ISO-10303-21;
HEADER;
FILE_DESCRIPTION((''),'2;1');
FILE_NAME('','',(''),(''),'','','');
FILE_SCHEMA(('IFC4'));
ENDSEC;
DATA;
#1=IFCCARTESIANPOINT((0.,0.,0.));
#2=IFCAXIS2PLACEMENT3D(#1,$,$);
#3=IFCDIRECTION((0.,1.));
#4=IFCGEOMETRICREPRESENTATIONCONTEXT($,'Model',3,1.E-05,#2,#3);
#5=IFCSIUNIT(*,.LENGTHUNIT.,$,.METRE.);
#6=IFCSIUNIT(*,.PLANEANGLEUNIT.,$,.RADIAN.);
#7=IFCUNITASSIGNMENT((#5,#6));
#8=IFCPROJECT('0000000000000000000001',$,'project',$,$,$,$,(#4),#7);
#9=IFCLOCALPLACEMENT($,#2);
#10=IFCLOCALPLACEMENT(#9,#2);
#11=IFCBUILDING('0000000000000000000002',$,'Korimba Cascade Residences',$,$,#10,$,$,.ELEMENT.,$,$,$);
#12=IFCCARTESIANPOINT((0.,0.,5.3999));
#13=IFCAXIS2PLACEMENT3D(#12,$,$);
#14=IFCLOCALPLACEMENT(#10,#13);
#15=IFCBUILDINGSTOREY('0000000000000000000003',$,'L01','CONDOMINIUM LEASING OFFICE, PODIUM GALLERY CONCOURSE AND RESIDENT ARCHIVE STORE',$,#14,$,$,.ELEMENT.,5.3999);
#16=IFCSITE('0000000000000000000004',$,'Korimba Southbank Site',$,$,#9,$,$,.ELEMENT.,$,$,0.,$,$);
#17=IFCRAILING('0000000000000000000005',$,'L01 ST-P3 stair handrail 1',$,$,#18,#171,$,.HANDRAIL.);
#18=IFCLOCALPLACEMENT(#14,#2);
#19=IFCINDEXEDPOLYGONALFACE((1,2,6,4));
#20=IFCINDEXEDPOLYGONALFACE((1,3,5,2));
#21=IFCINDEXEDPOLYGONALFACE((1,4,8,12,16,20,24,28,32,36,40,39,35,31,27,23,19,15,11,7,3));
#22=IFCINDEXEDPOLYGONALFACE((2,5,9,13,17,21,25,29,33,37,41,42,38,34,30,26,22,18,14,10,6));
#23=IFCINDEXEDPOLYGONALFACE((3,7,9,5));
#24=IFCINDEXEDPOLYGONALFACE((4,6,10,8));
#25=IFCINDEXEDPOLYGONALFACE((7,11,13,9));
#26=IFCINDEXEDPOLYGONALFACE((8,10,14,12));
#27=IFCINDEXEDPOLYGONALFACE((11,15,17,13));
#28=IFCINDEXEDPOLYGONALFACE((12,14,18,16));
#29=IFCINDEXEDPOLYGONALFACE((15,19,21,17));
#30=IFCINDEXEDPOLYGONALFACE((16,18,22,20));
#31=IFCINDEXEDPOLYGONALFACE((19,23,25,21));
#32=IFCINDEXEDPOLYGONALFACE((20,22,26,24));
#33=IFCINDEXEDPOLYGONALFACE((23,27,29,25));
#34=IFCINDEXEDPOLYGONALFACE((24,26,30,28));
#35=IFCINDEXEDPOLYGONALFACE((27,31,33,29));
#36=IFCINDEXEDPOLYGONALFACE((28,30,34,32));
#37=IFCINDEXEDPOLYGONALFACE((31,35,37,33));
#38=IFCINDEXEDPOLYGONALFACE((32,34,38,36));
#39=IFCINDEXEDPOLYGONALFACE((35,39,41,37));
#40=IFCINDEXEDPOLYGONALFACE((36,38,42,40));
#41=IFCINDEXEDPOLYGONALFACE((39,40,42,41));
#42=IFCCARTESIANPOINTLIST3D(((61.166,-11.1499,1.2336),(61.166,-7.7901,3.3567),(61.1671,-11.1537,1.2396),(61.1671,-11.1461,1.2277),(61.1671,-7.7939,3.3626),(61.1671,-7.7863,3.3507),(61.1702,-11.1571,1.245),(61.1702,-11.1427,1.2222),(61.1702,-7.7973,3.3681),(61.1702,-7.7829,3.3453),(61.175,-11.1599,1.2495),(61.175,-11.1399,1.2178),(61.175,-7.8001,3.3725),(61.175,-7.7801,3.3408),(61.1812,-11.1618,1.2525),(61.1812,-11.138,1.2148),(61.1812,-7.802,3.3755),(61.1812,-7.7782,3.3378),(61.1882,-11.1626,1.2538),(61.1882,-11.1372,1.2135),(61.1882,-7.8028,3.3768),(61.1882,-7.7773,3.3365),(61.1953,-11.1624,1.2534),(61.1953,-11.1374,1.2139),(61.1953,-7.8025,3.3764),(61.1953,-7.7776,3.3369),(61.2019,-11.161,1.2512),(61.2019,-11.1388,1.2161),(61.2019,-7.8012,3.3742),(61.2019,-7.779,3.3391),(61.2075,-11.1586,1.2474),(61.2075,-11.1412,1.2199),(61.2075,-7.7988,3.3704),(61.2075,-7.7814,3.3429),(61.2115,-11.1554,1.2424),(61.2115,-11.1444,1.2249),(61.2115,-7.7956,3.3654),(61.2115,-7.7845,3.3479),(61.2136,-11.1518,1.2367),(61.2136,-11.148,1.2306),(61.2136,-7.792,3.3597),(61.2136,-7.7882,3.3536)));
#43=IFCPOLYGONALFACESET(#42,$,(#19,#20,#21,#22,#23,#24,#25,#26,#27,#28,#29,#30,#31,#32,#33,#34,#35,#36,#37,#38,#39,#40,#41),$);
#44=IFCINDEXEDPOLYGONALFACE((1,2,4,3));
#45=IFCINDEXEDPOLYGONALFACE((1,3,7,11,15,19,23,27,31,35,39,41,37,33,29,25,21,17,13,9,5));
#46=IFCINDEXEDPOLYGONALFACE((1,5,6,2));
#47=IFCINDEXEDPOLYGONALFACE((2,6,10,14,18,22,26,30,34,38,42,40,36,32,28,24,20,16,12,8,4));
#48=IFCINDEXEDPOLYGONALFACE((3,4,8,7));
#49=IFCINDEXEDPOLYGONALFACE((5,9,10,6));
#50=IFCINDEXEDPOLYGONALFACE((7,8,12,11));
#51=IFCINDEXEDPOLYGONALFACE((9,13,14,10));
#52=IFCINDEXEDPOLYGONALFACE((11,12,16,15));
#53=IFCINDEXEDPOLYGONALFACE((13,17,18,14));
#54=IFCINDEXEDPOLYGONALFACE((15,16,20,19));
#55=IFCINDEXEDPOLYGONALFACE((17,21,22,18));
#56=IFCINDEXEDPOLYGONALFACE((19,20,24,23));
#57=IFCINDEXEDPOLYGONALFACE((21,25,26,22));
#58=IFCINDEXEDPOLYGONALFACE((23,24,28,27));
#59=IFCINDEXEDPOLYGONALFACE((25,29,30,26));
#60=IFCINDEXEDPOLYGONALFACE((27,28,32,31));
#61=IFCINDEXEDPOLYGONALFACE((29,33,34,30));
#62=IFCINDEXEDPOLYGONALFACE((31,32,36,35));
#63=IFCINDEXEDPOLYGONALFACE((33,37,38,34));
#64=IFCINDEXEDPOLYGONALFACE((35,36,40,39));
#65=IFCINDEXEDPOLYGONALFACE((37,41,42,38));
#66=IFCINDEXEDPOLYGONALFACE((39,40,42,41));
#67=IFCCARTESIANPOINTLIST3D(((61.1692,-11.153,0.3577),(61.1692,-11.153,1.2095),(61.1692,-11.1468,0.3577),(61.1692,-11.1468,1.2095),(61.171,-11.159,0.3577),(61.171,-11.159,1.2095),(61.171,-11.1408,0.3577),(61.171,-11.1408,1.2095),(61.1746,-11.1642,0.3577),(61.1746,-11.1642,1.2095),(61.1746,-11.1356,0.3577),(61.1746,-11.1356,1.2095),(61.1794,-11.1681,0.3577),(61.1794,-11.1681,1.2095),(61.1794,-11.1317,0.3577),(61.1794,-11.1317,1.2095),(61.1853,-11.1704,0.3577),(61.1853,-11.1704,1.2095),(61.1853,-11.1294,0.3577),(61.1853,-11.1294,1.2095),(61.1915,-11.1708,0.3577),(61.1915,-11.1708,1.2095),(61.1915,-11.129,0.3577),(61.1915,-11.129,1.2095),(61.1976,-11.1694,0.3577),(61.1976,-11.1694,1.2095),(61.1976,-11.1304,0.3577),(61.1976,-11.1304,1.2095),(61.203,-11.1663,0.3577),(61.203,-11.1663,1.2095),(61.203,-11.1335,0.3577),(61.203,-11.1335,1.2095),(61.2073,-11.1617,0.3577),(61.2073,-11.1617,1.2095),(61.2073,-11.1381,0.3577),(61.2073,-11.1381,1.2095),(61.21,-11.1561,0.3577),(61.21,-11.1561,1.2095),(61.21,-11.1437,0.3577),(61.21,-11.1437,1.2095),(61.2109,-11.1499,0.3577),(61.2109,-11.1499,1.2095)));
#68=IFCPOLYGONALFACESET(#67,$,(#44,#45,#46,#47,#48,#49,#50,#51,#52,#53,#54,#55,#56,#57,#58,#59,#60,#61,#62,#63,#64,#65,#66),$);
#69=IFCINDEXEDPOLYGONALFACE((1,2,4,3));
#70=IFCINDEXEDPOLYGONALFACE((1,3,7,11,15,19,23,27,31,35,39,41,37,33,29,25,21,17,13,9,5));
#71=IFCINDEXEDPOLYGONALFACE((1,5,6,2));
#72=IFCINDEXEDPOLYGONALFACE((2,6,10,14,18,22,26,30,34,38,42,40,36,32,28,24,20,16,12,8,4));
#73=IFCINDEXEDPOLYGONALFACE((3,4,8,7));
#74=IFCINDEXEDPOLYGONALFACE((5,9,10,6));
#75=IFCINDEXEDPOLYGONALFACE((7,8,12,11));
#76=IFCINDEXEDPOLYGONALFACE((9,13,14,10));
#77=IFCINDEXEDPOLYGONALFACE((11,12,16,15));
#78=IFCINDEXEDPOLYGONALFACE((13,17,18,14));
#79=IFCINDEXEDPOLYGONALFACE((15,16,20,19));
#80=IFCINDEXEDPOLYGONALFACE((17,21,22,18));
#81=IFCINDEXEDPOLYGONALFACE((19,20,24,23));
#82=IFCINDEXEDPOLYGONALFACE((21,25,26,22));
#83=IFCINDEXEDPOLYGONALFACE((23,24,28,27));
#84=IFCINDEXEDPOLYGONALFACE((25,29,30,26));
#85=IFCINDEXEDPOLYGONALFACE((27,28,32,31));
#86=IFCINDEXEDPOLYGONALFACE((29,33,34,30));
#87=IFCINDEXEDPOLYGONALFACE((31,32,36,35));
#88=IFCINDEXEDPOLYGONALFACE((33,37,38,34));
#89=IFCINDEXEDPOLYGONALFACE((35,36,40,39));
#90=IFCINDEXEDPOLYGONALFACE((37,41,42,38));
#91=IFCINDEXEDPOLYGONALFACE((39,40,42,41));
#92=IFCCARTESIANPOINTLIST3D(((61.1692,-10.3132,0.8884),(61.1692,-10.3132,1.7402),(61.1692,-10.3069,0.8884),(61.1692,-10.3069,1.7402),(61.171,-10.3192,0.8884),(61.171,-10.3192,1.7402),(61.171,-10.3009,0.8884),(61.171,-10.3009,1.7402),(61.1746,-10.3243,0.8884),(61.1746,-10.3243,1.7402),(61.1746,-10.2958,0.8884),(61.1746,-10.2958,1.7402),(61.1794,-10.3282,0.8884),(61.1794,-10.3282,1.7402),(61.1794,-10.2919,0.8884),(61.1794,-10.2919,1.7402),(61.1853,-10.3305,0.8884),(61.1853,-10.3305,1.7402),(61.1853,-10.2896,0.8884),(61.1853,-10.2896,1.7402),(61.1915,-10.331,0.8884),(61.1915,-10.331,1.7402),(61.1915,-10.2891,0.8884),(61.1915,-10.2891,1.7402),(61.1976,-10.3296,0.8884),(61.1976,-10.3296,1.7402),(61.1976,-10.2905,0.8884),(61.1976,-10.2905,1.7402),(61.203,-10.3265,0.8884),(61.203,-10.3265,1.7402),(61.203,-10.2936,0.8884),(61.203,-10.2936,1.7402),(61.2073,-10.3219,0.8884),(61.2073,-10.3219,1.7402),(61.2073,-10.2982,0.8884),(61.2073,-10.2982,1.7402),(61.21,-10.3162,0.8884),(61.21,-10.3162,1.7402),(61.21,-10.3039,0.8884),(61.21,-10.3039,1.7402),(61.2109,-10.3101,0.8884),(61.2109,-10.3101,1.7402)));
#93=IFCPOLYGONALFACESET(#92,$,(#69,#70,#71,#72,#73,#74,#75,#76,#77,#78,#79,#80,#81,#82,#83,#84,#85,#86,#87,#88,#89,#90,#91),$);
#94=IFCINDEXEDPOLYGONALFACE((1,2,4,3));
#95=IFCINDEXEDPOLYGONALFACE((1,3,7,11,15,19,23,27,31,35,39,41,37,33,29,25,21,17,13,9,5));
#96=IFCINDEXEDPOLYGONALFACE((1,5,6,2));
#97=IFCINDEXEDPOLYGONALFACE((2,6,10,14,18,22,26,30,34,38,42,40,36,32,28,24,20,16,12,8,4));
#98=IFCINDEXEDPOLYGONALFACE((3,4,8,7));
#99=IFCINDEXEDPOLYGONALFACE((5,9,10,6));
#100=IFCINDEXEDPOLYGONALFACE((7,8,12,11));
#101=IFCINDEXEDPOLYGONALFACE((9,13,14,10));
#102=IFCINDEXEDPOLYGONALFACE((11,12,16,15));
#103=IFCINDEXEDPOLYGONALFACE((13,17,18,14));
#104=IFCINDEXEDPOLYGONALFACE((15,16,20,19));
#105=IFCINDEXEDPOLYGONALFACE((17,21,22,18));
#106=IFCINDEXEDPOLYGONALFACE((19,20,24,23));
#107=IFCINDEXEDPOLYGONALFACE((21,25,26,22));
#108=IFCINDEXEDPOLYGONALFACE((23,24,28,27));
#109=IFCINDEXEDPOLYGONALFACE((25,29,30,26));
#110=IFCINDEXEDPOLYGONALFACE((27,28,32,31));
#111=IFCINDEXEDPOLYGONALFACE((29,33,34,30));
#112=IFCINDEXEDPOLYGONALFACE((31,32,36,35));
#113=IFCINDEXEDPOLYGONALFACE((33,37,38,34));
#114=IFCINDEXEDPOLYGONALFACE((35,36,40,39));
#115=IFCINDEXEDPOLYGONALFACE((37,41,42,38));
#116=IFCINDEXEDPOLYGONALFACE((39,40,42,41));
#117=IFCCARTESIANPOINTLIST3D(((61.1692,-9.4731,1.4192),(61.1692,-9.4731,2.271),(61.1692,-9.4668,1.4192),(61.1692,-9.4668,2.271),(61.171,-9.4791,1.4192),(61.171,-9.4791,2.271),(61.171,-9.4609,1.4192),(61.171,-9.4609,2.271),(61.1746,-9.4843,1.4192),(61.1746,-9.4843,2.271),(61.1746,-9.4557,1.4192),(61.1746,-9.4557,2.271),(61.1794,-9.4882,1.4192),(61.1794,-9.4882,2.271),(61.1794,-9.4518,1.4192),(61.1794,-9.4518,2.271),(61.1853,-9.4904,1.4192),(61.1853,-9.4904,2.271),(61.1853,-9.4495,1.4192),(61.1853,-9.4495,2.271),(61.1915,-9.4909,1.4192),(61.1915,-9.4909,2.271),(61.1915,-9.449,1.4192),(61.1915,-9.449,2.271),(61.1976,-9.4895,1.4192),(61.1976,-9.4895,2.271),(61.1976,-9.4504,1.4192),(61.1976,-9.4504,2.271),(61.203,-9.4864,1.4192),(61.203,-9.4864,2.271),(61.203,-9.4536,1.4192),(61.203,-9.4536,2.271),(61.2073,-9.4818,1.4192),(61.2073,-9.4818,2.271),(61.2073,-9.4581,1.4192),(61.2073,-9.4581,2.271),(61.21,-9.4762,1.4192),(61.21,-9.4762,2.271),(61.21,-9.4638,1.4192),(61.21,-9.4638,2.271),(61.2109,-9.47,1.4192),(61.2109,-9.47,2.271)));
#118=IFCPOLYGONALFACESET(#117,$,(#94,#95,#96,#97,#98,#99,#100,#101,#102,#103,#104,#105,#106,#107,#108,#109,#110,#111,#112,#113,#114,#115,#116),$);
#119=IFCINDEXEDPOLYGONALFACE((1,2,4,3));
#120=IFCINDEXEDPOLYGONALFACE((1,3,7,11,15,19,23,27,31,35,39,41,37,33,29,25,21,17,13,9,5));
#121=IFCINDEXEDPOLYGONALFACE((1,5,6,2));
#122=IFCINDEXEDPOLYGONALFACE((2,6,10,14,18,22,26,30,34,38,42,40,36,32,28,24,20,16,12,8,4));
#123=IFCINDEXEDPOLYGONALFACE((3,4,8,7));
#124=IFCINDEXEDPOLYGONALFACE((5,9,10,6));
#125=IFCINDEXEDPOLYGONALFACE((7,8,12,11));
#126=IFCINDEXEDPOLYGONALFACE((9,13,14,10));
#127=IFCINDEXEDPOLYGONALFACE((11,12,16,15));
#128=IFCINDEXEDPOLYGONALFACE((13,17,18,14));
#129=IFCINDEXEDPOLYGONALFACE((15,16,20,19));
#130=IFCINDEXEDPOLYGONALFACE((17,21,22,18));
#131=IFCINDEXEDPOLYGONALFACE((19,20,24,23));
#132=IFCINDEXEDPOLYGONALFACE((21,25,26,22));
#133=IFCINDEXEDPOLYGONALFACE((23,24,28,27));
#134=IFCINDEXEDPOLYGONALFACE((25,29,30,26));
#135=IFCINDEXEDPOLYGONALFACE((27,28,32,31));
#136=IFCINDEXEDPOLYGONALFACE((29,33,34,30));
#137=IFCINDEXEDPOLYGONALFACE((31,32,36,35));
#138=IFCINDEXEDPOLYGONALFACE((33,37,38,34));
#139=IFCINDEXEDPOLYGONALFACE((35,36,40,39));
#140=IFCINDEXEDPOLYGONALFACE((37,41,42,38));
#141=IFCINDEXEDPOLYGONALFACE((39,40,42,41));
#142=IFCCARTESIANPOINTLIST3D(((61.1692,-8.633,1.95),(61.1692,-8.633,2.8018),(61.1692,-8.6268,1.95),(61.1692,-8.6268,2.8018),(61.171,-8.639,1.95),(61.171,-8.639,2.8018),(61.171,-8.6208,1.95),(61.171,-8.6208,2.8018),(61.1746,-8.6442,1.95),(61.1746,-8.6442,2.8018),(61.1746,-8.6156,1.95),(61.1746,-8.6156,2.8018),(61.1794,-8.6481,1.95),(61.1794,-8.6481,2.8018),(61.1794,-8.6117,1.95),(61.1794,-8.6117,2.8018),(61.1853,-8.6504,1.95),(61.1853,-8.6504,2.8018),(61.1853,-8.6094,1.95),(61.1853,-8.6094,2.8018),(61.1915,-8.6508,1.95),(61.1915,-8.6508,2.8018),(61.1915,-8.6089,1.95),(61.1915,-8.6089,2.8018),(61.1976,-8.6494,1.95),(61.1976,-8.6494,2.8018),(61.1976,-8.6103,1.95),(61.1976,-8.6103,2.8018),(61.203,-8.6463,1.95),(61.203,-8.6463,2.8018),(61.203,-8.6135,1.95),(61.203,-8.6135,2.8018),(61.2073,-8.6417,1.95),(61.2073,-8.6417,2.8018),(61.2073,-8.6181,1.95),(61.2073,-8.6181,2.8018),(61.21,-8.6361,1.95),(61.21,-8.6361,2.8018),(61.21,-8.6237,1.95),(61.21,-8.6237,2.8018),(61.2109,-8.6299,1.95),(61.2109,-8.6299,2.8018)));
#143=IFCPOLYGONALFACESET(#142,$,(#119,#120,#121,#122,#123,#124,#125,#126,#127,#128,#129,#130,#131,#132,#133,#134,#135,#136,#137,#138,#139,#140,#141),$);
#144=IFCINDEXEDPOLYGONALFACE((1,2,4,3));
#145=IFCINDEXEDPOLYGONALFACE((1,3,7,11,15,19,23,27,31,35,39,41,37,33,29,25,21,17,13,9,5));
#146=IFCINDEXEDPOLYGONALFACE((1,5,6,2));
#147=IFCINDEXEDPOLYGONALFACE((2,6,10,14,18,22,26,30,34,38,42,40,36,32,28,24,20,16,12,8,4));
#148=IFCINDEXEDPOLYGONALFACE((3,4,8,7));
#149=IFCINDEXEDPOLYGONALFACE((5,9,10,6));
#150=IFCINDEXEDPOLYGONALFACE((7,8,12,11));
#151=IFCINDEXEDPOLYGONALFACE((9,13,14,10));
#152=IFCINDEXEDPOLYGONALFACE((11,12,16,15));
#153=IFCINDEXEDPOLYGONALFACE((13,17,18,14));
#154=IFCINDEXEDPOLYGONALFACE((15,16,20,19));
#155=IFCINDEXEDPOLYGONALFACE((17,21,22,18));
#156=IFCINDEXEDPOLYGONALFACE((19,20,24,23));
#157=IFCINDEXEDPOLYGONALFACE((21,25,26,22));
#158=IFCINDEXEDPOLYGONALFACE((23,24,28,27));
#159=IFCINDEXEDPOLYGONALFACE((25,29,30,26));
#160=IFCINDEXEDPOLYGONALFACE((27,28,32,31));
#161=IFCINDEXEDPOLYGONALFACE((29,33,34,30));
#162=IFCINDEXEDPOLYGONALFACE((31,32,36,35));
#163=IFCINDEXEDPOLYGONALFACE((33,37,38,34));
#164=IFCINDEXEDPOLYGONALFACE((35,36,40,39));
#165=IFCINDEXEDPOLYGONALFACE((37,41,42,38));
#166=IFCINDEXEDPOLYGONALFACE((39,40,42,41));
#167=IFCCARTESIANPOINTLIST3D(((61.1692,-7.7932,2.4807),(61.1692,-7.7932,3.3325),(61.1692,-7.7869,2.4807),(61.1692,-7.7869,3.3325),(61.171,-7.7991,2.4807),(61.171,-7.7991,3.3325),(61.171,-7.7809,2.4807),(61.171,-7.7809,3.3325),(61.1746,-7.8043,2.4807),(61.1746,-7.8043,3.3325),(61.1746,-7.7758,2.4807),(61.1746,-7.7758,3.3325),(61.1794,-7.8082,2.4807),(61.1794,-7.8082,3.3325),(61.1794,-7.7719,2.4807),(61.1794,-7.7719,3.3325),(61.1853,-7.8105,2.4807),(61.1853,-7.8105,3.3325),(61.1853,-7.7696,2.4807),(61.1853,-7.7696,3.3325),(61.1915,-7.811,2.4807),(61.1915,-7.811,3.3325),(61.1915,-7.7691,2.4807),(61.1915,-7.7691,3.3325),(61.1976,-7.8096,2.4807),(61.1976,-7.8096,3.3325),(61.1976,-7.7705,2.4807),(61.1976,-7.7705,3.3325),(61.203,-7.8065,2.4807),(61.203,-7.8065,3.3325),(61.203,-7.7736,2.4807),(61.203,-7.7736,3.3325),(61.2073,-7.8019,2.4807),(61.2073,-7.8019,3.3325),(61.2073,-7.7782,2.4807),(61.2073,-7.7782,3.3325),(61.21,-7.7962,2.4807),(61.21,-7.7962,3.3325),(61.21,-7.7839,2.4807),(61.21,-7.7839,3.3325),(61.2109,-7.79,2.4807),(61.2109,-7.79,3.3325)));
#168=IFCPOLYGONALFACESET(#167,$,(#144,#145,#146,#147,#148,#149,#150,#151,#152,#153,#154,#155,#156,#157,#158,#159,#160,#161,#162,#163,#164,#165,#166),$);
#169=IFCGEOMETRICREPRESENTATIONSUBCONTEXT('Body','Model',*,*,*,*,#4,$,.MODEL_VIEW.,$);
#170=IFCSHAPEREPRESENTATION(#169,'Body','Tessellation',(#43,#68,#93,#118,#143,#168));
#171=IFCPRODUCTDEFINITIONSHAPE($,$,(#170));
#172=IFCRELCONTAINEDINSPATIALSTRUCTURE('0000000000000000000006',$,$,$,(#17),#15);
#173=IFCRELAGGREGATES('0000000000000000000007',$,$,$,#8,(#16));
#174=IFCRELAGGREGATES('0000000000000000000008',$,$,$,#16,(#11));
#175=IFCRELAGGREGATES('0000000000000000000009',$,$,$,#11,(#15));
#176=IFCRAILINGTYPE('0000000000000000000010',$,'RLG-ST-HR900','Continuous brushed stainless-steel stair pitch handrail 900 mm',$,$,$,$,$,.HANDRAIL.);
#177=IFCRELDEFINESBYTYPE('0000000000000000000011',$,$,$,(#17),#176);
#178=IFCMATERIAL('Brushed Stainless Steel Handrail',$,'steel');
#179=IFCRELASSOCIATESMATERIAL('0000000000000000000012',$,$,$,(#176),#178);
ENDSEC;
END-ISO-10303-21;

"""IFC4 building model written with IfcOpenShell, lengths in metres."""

from ifc_helpers import new_model, si_unit, direction, frame, origin, origin_2d, place, context, subcontext, project, spatial, circle, extrude, material, type_object, element, save


model = new_model("IFC4")

# Units and contexts
model_context = context("Model", 3, precision=1e-05, world=origin(), true_north=direction((0.0, 1.0)))
body_context = subcontext(model_context, "Body", "Model", "MODEL_VIEW")
ifc_project = project(units=[si_unit("LENGTHUNIT", "METRE"), si_unit("PLANEANGLEUNIT", "RADIAN")], contexts=[model_context])

# Site, building, storey
site_placement = place(None, origin())
site = spatial("IfcSite", under=ifc_project, at=site_placement, Name="Korimba Southbank Site", CompositionType="ELEMENT", RefElevation=0.0)
building_placement = place(site_placement, origin())
building = spatial("IfcBuilding", under=site, at=building_placement, Name="Korimba Cascade Residences", CompositionType="ELEMENT")
storey_placement = place(building_placement, frame((0.0, 0.0, 5.3999)))
storey = spatial("IfcBuildingStorey", under=building, at=storey_placement, Name="L01", Description="CONDOMINIUM LEASING OFFICE, PODIUM GALLERY CONCOURSE AND RESIDENT ARCHIVE STORE", CompositionType="ELEMENT", Elevation=5.3999)

# Railing
ifc_material_1 = material(Name="Brushed Stainless Steel Handrail", Category="steel")
railing_type_1 = type_object("IfcRailingType", Name="RLG-ST-HR900", Description="Continuous brushed stainless-steel stair pitch handrail 900 mm", PredefinedType="HANDRAIL", material=ifc_material_1)
railing_1_placement = place(storey_placement, frame((61.1899, -11.1499, 0.3577)))
element("IfcRailing", 1, at=railing_1_placement, inside=storey, type_object=railing_type_1, Name="L01 ST-P3 stair handrail 1", PredefinedType="HANDRAIL", context=body_context, shape_type="SweptSolid", body=[
    extrude(circle(Radius=0.0239, at=origin_2d()), frame((0.0, 0.0, 0.876), z_axis=(0.0, 0.845372, 0.534178), x_axis=(-1.0, 0.0, 0.0)), (0.0, 0.0, 1.0), 3.9744),
    extrude(circle(Radius=0.021, at=origin_2d()), origin(), (0.0, 0.0, 1.0), 0.8518),
    extrude(circle(Radius=0.021, at=origin_2d()), frame((0.0, 0.8398, 0.5308)), (0.0, 0.0, 1.0), 0.8518),
    extrude(circle(Radius=0.021, at=origin_2d()), frame((0.0, 1.6799, 1.0615)), (0.0, 0.0, 1.0), 0.8518),
    extrude(circle(Radius=0.021, at=origin_2d()), frame((0.0, 2.52, 1.5923)), (0.0, 0.0, 1.0), 0.8518),
    extrude(circle(Radius=0.021, at=origin_2d()), frame((0.0, 3.3599, 2.123)), (0.0, 0.0, 1.0), 0.8518),
])

save(model, "model.ifc")
